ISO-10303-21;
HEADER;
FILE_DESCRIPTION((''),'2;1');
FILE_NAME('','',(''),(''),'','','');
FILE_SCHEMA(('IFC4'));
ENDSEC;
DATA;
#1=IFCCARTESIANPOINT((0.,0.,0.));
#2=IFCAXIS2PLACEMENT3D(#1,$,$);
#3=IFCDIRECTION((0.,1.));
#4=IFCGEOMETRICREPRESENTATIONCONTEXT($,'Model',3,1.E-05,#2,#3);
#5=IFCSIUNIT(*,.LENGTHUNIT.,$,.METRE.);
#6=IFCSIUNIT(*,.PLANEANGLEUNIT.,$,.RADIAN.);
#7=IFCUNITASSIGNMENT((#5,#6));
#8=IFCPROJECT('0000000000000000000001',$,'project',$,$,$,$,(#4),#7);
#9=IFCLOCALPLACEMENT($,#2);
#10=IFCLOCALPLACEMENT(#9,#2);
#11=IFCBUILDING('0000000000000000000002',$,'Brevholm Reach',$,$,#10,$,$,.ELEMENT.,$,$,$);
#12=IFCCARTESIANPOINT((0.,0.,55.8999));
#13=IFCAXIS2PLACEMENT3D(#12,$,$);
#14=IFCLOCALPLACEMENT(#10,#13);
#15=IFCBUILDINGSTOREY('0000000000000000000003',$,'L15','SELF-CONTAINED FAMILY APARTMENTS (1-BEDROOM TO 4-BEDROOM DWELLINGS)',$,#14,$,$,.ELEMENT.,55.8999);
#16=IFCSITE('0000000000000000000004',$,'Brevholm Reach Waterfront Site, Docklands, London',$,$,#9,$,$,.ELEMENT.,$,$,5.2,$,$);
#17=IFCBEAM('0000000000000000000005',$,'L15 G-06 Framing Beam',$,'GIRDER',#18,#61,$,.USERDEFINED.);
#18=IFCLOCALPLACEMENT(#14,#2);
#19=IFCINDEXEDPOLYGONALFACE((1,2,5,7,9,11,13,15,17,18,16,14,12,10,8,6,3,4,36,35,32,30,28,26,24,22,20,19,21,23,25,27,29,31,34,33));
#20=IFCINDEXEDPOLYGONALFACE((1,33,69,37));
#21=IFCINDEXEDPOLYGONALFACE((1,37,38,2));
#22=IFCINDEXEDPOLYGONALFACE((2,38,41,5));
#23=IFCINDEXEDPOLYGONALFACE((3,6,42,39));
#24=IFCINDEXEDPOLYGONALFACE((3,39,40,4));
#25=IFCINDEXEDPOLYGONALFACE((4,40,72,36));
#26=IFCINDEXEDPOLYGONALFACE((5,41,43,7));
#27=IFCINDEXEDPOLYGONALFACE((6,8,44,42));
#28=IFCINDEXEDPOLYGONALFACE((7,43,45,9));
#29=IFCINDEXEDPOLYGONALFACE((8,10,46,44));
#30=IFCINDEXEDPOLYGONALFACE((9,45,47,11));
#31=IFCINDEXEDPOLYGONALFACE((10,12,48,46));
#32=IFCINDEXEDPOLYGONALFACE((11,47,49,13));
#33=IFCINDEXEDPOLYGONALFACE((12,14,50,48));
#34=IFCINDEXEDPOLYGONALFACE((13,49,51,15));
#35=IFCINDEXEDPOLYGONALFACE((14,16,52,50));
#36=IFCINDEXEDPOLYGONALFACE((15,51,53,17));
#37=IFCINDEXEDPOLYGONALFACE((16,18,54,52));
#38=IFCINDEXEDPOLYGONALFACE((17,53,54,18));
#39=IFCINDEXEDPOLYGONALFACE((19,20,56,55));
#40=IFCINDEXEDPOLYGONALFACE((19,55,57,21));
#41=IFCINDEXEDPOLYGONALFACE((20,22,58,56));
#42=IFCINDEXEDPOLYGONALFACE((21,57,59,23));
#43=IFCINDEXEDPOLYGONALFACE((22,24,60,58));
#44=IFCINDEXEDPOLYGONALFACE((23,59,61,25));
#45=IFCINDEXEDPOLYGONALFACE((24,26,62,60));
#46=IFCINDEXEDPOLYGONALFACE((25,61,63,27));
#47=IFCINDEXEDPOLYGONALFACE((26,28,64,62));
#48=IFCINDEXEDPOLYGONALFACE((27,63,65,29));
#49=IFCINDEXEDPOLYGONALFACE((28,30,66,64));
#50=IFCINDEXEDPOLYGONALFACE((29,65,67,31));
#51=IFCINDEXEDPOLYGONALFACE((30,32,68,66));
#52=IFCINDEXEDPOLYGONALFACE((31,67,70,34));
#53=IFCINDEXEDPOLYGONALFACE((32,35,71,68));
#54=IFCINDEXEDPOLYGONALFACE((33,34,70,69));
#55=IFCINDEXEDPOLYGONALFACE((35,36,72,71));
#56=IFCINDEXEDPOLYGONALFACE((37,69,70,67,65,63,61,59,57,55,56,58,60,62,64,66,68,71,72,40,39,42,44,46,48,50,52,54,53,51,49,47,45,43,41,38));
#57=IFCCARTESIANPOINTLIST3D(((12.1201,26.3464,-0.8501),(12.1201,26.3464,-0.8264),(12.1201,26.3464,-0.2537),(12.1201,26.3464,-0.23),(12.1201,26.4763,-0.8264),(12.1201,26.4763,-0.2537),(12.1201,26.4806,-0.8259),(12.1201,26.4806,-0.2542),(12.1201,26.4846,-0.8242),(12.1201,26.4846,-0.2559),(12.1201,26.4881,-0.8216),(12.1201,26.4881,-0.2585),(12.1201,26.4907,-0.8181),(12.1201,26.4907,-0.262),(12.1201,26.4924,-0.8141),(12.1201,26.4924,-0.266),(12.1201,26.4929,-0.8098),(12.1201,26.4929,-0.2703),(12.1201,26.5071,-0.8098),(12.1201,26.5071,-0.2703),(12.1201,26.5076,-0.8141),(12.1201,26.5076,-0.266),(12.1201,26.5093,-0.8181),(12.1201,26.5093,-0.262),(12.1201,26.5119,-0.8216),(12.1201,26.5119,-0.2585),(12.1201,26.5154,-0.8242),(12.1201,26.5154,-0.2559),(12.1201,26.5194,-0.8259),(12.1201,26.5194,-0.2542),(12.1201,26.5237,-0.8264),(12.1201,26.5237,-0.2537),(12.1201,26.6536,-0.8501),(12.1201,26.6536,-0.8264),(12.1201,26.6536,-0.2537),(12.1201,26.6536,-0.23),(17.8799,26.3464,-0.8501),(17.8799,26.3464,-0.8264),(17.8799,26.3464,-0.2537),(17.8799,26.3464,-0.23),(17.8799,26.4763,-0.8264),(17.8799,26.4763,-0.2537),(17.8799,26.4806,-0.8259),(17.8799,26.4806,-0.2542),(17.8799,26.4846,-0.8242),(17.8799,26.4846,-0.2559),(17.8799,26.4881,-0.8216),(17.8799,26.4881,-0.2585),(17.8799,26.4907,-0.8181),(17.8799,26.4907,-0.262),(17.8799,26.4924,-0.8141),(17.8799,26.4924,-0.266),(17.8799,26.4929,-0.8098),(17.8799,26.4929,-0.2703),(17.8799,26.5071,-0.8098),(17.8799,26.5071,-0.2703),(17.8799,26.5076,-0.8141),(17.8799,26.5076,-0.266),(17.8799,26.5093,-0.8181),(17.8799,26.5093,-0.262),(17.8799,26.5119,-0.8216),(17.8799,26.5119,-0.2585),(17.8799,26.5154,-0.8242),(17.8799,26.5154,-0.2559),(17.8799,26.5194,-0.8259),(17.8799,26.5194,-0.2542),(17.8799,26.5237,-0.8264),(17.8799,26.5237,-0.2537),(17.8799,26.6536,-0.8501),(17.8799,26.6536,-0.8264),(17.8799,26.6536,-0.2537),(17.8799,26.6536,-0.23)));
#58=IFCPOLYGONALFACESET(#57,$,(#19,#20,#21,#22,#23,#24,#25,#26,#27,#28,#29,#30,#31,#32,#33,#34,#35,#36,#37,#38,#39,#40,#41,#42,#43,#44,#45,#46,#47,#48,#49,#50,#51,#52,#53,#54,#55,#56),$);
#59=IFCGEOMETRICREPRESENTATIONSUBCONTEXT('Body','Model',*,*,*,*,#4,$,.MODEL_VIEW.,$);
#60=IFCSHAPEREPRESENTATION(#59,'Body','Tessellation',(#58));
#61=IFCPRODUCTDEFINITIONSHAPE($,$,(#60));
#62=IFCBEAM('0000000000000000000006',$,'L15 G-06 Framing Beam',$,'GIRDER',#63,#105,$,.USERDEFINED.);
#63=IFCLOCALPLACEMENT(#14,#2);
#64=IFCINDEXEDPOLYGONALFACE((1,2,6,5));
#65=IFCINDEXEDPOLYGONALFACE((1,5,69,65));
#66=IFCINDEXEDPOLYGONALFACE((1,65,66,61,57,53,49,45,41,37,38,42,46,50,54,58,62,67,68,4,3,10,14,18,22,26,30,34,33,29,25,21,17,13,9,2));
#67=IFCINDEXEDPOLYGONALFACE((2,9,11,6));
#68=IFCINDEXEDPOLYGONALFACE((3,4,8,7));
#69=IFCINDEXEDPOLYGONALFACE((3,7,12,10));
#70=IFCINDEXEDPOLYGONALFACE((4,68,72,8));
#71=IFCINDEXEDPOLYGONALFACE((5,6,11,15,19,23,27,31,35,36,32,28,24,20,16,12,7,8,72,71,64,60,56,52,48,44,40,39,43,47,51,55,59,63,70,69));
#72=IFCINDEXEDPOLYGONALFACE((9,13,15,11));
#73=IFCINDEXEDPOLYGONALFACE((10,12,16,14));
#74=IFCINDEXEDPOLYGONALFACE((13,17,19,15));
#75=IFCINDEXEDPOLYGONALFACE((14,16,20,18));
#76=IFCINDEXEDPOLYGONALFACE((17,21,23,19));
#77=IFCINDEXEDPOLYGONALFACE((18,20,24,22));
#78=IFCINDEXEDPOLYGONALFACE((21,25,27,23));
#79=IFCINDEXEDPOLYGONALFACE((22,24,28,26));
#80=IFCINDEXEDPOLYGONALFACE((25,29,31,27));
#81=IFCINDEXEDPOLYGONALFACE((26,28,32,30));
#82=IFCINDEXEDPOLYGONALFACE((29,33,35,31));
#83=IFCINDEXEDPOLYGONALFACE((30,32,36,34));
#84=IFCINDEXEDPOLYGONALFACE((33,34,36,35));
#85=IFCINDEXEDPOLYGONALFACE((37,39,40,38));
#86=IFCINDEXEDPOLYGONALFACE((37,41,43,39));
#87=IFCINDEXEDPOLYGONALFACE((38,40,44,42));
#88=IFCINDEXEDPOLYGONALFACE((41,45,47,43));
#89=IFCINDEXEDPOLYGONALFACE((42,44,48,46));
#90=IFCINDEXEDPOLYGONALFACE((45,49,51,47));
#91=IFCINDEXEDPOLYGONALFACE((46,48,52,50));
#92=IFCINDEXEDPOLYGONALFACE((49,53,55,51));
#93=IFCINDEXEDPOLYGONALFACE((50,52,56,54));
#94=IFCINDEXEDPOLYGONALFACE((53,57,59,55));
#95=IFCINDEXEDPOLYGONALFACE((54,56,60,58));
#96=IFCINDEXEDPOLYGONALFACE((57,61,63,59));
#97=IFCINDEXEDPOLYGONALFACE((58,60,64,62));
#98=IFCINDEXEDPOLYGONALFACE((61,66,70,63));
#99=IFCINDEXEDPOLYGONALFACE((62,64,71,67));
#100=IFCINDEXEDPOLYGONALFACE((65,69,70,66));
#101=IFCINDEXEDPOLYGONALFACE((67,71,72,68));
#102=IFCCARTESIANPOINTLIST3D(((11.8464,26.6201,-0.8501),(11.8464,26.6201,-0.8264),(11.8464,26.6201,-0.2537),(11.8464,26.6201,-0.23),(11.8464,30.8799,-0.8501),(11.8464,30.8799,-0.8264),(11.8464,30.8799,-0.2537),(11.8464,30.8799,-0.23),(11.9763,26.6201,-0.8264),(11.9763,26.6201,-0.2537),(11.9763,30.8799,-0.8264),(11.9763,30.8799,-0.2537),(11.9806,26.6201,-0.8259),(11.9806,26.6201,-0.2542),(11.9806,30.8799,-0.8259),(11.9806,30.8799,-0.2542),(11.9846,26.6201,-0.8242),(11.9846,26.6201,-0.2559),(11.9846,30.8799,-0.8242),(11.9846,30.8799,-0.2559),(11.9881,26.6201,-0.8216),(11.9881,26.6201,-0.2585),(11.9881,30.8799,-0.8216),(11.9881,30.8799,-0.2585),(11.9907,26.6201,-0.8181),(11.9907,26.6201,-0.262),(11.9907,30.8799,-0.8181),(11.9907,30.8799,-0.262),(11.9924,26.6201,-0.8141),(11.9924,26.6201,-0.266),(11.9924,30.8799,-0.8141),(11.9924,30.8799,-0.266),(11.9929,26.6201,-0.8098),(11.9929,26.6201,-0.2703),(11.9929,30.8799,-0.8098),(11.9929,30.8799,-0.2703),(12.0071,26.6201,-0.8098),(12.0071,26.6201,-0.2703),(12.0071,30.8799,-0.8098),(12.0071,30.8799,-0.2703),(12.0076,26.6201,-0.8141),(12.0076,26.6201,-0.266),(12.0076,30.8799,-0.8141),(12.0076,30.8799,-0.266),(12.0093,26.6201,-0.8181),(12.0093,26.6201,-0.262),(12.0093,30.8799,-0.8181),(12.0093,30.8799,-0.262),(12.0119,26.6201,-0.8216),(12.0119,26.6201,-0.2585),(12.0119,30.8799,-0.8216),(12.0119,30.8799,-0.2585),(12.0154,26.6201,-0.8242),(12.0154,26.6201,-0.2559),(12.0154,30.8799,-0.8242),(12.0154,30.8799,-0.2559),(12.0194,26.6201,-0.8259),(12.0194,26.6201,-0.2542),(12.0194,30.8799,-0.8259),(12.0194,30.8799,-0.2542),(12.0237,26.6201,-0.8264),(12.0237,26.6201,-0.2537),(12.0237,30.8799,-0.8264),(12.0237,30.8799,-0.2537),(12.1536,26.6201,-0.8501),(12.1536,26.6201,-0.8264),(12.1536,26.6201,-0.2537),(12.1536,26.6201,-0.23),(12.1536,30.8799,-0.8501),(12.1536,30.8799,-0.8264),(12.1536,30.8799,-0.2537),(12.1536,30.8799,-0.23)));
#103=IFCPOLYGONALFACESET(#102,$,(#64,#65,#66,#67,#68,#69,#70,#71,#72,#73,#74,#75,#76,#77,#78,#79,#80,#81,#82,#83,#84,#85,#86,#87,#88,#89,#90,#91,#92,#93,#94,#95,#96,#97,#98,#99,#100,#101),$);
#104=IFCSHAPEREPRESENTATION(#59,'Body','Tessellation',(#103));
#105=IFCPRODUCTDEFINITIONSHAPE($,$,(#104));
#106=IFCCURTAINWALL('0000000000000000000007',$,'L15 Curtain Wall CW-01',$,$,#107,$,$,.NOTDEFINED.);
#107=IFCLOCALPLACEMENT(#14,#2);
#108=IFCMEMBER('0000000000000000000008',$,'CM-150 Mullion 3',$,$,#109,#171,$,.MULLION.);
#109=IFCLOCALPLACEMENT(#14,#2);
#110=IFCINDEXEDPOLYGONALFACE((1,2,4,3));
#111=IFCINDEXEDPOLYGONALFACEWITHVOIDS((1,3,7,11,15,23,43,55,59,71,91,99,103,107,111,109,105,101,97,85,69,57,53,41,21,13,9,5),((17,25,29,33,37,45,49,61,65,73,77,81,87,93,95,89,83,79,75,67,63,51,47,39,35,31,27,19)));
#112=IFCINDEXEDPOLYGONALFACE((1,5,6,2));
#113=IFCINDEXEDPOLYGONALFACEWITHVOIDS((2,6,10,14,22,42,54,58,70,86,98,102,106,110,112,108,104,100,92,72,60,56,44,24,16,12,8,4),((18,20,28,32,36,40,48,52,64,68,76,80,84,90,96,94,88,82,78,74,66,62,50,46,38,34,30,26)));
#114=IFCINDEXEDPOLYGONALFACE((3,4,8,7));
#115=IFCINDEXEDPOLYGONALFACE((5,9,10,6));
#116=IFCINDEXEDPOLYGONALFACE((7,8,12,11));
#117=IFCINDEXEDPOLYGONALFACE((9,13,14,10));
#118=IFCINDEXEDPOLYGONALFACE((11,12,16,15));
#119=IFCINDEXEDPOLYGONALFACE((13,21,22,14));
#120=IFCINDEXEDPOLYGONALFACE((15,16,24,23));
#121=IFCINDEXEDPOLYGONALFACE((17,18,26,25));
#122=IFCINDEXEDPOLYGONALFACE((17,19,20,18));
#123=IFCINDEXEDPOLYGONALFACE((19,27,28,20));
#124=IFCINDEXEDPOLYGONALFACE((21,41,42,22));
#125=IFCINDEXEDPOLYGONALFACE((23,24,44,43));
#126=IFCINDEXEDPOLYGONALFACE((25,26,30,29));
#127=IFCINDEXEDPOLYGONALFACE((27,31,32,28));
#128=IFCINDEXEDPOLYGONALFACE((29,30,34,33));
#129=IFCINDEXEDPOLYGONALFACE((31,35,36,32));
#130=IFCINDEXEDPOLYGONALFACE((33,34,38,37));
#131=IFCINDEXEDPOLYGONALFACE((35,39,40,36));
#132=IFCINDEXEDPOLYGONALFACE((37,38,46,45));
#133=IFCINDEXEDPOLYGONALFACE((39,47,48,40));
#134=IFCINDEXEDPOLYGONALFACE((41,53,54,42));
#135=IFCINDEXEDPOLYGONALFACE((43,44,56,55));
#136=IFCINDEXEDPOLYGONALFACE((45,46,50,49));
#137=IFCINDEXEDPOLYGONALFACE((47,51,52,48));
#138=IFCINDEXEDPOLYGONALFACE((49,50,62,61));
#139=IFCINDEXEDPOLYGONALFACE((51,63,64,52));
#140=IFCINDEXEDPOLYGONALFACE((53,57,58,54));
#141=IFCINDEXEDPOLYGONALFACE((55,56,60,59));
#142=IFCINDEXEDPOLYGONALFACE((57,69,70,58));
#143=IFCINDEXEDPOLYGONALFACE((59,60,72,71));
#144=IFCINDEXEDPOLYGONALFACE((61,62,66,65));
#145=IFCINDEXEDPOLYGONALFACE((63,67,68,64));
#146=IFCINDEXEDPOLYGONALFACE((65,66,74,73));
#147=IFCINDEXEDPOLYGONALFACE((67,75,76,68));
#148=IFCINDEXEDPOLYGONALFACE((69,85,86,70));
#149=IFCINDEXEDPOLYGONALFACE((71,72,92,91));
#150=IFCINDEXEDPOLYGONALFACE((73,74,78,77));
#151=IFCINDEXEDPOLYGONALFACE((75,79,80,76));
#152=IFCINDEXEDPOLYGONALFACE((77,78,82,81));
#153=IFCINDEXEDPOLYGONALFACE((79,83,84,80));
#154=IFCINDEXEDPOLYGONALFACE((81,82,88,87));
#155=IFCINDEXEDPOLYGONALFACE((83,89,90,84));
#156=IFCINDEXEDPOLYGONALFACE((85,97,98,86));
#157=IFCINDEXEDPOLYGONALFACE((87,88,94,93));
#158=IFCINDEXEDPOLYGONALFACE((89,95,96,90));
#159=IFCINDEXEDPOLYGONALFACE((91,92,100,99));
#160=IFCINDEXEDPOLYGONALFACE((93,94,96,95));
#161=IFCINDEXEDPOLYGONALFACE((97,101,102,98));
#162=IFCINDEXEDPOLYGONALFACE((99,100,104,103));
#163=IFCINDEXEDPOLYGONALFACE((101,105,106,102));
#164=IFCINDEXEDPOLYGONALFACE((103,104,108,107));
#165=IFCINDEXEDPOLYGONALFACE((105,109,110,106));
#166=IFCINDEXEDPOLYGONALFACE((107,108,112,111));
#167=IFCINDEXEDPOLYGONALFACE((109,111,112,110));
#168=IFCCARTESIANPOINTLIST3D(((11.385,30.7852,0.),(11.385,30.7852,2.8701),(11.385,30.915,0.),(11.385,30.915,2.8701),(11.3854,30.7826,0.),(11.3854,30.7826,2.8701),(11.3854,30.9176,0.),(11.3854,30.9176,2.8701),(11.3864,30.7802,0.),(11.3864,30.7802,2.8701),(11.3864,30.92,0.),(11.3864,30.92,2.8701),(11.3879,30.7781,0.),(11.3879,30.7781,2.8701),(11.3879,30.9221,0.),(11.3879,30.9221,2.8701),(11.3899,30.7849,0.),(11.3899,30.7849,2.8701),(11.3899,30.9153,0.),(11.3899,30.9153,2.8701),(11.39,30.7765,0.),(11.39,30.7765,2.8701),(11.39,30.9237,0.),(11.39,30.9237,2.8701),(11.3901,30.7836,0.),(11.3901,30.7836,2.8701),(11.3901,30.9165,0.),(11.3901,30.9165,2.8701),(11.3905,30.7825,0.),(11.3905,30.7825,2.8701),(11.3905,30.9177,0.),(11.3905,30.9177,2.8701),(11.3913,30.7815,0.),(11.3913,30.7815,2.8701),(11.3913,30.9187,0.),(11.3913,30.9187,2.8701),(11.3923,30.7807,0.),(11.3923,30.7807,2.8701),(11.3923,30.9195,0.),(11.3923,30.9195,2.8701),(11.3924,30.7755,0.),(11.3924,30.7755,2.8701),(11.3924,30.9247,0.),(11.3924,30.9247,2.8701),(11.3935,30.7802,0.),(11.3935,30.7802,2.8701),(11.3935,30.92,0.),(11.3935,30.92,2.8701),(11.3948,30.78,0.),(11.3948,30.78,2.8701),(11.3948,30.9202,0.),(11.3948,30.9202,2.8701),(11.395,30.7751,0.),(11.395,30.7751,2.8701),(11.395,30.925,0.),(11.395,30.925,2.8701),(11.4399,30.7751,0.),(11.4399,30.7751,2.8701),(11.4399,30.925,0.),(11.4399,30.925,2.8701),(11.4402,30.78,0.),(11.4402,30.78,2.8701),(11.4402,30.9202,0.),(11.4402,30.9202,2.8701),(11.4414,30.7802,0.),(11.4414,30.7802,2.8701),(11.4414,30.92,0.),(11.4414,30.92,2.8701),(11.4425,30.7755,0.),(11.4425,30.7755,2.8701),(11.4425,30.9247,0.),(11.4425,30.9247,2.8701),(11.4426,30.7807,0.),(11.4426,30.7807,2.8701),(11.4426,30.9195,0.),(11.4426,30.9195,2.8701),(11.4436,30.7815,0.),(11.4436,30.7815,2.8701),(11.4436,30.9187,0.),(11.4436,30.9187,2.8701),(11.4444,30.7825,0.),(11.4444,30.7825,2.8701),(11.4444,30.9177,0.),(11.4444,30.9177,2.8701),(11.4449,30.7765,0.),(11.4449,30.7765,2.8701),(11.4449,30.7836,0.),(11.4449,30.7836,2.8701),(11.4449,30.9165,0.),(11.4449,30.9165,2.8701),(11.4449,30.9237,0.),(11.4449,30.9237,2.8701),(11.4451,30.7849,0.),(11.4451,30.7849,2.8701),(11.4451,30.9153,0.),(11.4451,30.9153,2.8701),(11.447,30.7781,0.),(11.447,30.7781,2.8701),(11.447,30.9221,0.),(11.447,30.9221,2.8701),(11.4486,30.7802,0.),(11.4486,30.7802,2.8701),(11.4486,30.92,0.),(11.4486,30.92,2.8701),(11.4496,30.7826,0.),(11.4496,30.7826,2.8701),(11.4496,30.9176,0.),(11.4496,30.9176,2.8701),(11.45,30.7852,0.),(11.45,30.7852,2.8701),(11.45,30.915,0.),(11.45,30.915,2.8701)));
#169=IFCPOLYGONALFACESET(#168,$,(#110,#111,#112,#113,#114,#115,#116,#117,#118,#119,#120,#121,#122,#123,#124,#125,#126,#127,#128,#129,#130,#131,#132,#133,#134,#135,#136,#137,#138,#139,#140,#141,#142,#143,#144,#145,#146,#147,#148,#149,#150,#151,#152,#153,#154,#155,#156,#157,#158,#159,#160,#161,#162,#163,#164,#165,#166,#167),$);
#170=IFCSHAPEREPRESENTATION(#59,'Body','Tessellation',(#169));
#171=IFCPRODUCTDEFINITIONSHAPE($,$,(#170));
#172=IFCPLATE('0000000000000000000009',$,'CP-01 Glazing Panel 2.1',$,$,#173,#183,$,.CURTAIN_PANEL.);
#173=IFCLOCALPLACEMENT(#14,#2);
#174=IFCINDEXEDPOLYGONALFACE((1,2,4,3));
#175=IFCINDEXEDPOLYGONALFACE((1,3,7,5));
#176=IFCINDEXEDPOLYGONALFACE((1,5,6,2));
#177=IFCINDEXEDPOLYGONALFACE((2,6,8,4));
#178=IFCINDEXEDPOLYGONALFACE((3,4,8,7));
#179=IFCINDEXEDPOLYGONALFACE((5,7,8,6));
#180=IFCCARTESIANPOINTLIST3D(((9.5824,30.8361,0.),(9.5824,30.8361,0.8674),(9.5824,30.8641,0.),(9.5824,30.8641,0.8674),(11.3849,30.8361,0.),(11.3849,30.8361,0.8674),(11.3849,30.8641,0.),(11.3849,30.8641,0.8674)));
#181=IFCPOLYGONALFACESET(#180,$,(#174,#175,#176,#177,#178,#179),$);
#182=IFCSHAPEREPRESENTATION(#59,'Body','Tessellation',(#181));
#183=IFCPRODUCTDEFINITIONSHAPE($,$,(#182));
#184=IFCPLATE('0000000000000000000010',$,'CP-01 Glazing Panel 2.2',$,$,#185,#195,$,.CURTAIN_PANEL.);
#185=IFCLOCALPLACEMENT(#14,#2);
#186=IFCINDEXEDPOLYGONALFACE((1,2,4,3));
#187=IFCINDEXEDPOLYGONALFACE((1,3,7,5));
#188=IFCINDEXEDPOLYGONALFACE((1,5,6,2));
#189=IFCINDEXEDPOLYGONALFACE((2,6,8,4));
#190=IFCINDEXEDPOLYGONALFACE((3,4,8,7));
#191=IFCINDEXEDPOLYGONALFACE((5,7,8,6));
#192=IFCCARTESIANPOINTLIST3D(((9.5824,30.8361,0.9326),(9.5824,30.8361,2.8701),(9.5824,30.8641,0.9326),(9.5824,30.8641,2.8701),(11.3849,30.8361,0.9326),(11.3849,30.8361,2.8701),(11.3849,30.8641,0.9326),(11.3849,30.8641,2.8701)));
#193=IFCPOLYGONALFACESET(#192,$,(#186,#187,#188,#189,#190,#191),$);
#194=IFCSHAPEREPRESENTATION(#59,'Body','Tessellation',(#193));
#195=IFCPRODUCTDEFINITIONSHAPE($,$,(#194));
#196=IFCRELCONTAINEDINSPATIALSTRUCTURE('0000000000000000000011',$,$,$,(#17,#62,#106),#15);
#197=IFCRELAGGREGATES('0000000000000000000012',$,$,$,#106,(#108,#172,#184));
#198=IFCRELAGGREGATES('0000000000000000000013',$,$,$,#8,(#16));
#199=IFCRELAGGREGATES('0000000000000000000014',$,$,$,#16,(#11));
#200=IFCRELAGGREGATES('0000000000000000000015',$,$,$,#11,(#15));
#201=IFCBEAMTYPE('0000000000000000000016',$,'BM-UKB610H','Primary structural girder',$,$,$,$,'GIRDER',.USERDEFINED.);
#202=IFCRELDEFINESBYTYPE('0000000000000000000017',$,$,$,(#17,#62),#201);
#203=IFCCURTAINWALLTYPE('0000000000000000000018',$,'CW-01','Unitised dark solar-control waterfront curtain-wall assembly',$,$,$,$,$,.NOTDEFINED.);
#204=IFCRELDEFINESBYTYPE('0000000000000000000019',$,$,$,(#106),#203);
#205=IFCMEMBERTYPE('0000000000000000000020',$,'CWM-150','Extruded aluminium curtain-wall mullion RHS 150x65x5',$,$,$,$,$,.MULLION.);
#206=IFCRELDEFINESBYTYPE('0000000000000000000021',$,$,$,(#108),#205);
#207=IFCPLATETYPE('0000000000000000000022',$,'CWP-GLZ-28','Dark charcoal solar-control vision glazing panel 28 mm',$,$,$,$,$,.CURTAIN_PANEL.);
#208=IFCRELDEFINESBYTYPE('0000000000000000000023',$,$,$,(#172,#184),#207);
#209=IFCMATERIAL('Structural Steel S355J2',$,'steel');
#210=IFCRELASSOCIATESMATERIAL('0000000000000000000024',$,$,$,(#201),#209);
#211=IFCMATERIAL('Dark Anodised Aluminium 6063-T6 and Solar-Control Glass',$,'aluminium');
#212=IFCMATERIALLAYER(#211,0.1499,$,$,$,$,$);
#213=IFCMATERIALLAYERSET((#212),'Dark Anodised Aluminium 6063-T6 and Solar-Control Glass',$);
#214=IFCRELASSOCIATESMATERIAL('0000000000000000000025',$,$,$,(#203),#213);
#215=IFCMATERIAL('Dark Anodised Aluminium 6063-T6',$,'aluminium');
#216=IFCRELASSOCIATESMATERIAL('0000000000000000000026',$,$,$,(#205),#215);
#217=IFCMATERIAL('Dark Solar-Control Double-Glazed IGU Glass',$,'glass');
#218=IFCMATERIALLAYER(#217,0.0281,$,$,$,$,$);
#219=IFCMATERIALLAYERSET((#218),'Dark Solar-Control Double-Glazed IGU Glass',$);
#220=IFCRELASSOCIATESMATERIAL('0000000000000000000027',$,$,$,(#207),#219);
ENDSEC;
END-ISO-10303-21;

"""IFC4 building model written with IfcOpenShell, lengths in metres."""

from ifc_helpers import new_model, si_unit, direction, frame, origin, origin_2d, place, context, subcontext, project, spatial, rectangle, hollow_rectangle, i_section, extrude, material, layer, layer_set, material_profile, profile_set, type_object, element, aggregate, save


model = new_model("IFC4")

# Units and contexts
model_context = context("Model", 3, precision=1e-05, world=origin(), true_north=direction((0.0, 1.0)))
body_context = subcontext(model_context, "Body", "Model", "MODEL_VIEW")
ifc_project = project(units=[si_unit("LENGTHUNIT", "METRE"), si_unit("PLANEANGLEUNIT", "RADIAN")], contexts=[model_context])

# Site, building, storey
site_placement = place(None, origin())
site = spatial("IfcSite", under=ifc_project, at=site_placement, Name="Brevholm Reach Waterfront Site, Docklands, London", CompositionType="ELEMENT", RefElevation=5.2)
building_placement = place(site_placement, origin())
building = spatial("IfcBuilding", under=site, at=building_placement, Name="Brevholm Reach", CompositionType="ELEMENT")
storey_placement = place(building_placement, frame((0.0, 0.0, 55.8999)))
storey = spatial("IfcBuildingStorey", under=building, at=storey_placement, Name="L15", Description="SELF-CONTAINED FAMILY APARTMENTS (1-BEDROOM TO 4-BEDROOM DWELLINGS)", CompositionType="ELEMENT", Elevation=55.8999)

# Beams
ifc_material_1 = material(Name="Structural Steel S355J2", Category="steel")
ifc_material_profile_1 = material_profile(ifc_material_1, i_section(OverallWidth=0.3071, OverallDepth=0.6201, WebThickness=0.0142, FlangeThickness=0.0237, FilletRadius=0.0166, at=origin_2d()), Name="UKB 610x305x179")
ifc_profile_set_1 = profile_set([ifc_material_profile_1], Name="Structural Steel S355J2")
beam_type_1 = type_object("IfcBeamType", Name="BM-UKB610H", Description="Primary structural girder", ElementType="GIRDER", PredefinedType="USERDEFINED", material=ifc_profile_set_1)
beam_1_placement = place(storey_placement, frame((12.1201, 26.5, -0.54), z_axis=(1.0, 0.0, 0.0), x_axis=(0.0, 1.0, 0.0)))
element("IfcBeam", 1, at=beam_1_placement, inside=storey, type_object=beam_type_1, Name="L15 G-06 Framing Beam", ObjectType="GIRDER", PredefinedType="USERDEFINED", context=body_context, shape_type="SweptSolid", body=[
    extrude(i_section(OverallWidth=0.3071, OverallDepth=0.6201, WebThickness=0.0142, FlangeThickness=0.0237, FilletRadius=0.0166, at=origin_2d()), origin(), (0.0, 0.0, 1.0), 5.7598),
])
beam_2_placement = place(storey_placement, frame((12.0, 26.6201, -0.54), z_axis=(0.0, 1.0, 0.0), x_axis=(-1.0, 0.0, 0.0)))
element("IfcBeam", 2, at=beam_2_placement, inside=storey, type_object=beam_type_1, Name="L15 G-06 Framing Beam", ObjectType="GIRDER", PredefinedType="USERDEFINED", context=body_context, shape_type="SweptSolid", body=[
    extrude(i_section(OverallWidth=0.3071, OverallDepth=0.6201, WebThickness=0.0142, FlangeThickness=0.0237, FilletRadius=0.0166, at=origin_2d()), origin(), (0.0, 0.0, 1.0), 4.2598),
])

# Curtain wall, member, plates
ifc_material_2 = material(Name="Dark Anodised Aluminium 6063-T6 and Solar-Control Glass", Category="aluminium")
ifc_layer_1 = layer(ifc_material_2, 0.1499)
ifc_layer_set_1 = layer_set([ifc_layer_1], Name="Dark Anodised Aluminium 6063-T6 and Solar-Control Glass")
curtain_wall_type = type_object("IfcCurtainWallType", Name="CW-01", Description="Unitised dark solar-control waterfront curtain-wall assembly", PredefinedType="NOTDEFINED", material=ifc_layer_set_1)
curtain_wall_placement = place(storey_placement, origin())
curtain_wall = element("IfcCurtainWall", 3, at=curtain_wall_placement, inside=storey, type_object=curtain_wall_type, Name="L15 Curtain Wall CW-01", PredefinedType="NOTDEFINED")
ifc_material_3 = material(Name="Dark Anodised Aluminium 6063-T6", Category="aluminium")
ifc_material_profile_2 = material_profile(ifc_material_3, hollow_rectangle(XDim=0.0649, YDim=0.1499, WallThickness=0.0049, InnerFilletRadius=0.0049, OuterFilletRadius=0.01, at=origin_2d()), Name="RHS 150x65x5")
ifc_profile_set_2 = profile_set([ifc_material_profile_2], Name="Dark Anodised Aluminium 6063-T6")
member_type = type_object("IfcMemberType", Name="CWM-150", Description="Extruded aluminium curtain-wall mullion RHS 150x65x5", PredefinedType="MULLION", material=ifc_profile_set_2)
member_placement = place(storey_placement, frame((11.4175, 30.8501, 0.0), z_axis=(0.0, 0.0, 1.0), x_axis=(1.0, 0.0, 0.0)))
member = element("IfcMember", 4, at=member_placement, type_object=member_type, Name="CM-150 Mullion 3", PredefinedType="MULLION", context=body_context, shape_type="SweptSolid", body=[
    extrude(hollow_rectangle(XDim=0.0649, YDim=0.1499, WallThickness=0.0049, InnerFilletRadius=0.0049, OuterFilletRadius=0.01, at=origin_2d()), origin(), (0.0, 0.0, 1.0), 2.8701),
])
ifc_material_4 = material(Name="Dark Solar-Control Double-Glazed IGU Glass", Category="glass")
ifc_layer_2 = layer(ifc_material_4, 0.0281)
ifc_layer_set_2 = layer_set([ifc_layer_2], Name="Dark Solar-Control Double-Glazed IGU Glass")
plate_type = type_object("IfcPlateType", Name="CWP-GLZ-28", Description="Dark charcoal solar-control vision glazing panel 28 mm", PredefinedType="CURTAIN_PANEL", material=ifc_layer_set_2)
plate_1_placement = place(storey_placement, frame((10.4836, 30.8501, 0.0), z_axis=(0.0, 0.0, 1.0), x_axis=(1.0, 0.0, 0.0)))
plate_1 = element("IfcPlate", 5, at=plate_1_placement, type_object=plate_type, Name="CP-01 Glazing Panel 2.1", PredefinedType="CURTAIN_PANEL", context=body_context, shape_type="SweptSolid", body=[
    extrude(rectangle(XDim=1.8025, YDim=0.0281, at=origin_2d()), origin(), (0.0, 0.0, 1.0), 0.8674),
])
plate_2_placement = place(storey_placement, frame((10.4836, 30.8501, 0.9326), z_axis=(0.0, 0.0, 1.0), x_axis=(1.0, 0.0, 0.0)))
plate_2 = element("IfcPlate", 6, at=plate_2_placement, type_object=plate_type, Name="CP-01 Glazing Panel 2.2", PredefinedType="CURTAIN_PANEL", context=body_context, shape_type="SweptSolid", body=[
    extrude(rectangle(XDim=1.8025, YDim=0.0281, at=origin_2d()), origin(), (0.0, 0.0, 1.0), 1.9375),
])
aggregate(curtain_wall, [member, plate_1, plate_2])

save(model, "model.ifc")
